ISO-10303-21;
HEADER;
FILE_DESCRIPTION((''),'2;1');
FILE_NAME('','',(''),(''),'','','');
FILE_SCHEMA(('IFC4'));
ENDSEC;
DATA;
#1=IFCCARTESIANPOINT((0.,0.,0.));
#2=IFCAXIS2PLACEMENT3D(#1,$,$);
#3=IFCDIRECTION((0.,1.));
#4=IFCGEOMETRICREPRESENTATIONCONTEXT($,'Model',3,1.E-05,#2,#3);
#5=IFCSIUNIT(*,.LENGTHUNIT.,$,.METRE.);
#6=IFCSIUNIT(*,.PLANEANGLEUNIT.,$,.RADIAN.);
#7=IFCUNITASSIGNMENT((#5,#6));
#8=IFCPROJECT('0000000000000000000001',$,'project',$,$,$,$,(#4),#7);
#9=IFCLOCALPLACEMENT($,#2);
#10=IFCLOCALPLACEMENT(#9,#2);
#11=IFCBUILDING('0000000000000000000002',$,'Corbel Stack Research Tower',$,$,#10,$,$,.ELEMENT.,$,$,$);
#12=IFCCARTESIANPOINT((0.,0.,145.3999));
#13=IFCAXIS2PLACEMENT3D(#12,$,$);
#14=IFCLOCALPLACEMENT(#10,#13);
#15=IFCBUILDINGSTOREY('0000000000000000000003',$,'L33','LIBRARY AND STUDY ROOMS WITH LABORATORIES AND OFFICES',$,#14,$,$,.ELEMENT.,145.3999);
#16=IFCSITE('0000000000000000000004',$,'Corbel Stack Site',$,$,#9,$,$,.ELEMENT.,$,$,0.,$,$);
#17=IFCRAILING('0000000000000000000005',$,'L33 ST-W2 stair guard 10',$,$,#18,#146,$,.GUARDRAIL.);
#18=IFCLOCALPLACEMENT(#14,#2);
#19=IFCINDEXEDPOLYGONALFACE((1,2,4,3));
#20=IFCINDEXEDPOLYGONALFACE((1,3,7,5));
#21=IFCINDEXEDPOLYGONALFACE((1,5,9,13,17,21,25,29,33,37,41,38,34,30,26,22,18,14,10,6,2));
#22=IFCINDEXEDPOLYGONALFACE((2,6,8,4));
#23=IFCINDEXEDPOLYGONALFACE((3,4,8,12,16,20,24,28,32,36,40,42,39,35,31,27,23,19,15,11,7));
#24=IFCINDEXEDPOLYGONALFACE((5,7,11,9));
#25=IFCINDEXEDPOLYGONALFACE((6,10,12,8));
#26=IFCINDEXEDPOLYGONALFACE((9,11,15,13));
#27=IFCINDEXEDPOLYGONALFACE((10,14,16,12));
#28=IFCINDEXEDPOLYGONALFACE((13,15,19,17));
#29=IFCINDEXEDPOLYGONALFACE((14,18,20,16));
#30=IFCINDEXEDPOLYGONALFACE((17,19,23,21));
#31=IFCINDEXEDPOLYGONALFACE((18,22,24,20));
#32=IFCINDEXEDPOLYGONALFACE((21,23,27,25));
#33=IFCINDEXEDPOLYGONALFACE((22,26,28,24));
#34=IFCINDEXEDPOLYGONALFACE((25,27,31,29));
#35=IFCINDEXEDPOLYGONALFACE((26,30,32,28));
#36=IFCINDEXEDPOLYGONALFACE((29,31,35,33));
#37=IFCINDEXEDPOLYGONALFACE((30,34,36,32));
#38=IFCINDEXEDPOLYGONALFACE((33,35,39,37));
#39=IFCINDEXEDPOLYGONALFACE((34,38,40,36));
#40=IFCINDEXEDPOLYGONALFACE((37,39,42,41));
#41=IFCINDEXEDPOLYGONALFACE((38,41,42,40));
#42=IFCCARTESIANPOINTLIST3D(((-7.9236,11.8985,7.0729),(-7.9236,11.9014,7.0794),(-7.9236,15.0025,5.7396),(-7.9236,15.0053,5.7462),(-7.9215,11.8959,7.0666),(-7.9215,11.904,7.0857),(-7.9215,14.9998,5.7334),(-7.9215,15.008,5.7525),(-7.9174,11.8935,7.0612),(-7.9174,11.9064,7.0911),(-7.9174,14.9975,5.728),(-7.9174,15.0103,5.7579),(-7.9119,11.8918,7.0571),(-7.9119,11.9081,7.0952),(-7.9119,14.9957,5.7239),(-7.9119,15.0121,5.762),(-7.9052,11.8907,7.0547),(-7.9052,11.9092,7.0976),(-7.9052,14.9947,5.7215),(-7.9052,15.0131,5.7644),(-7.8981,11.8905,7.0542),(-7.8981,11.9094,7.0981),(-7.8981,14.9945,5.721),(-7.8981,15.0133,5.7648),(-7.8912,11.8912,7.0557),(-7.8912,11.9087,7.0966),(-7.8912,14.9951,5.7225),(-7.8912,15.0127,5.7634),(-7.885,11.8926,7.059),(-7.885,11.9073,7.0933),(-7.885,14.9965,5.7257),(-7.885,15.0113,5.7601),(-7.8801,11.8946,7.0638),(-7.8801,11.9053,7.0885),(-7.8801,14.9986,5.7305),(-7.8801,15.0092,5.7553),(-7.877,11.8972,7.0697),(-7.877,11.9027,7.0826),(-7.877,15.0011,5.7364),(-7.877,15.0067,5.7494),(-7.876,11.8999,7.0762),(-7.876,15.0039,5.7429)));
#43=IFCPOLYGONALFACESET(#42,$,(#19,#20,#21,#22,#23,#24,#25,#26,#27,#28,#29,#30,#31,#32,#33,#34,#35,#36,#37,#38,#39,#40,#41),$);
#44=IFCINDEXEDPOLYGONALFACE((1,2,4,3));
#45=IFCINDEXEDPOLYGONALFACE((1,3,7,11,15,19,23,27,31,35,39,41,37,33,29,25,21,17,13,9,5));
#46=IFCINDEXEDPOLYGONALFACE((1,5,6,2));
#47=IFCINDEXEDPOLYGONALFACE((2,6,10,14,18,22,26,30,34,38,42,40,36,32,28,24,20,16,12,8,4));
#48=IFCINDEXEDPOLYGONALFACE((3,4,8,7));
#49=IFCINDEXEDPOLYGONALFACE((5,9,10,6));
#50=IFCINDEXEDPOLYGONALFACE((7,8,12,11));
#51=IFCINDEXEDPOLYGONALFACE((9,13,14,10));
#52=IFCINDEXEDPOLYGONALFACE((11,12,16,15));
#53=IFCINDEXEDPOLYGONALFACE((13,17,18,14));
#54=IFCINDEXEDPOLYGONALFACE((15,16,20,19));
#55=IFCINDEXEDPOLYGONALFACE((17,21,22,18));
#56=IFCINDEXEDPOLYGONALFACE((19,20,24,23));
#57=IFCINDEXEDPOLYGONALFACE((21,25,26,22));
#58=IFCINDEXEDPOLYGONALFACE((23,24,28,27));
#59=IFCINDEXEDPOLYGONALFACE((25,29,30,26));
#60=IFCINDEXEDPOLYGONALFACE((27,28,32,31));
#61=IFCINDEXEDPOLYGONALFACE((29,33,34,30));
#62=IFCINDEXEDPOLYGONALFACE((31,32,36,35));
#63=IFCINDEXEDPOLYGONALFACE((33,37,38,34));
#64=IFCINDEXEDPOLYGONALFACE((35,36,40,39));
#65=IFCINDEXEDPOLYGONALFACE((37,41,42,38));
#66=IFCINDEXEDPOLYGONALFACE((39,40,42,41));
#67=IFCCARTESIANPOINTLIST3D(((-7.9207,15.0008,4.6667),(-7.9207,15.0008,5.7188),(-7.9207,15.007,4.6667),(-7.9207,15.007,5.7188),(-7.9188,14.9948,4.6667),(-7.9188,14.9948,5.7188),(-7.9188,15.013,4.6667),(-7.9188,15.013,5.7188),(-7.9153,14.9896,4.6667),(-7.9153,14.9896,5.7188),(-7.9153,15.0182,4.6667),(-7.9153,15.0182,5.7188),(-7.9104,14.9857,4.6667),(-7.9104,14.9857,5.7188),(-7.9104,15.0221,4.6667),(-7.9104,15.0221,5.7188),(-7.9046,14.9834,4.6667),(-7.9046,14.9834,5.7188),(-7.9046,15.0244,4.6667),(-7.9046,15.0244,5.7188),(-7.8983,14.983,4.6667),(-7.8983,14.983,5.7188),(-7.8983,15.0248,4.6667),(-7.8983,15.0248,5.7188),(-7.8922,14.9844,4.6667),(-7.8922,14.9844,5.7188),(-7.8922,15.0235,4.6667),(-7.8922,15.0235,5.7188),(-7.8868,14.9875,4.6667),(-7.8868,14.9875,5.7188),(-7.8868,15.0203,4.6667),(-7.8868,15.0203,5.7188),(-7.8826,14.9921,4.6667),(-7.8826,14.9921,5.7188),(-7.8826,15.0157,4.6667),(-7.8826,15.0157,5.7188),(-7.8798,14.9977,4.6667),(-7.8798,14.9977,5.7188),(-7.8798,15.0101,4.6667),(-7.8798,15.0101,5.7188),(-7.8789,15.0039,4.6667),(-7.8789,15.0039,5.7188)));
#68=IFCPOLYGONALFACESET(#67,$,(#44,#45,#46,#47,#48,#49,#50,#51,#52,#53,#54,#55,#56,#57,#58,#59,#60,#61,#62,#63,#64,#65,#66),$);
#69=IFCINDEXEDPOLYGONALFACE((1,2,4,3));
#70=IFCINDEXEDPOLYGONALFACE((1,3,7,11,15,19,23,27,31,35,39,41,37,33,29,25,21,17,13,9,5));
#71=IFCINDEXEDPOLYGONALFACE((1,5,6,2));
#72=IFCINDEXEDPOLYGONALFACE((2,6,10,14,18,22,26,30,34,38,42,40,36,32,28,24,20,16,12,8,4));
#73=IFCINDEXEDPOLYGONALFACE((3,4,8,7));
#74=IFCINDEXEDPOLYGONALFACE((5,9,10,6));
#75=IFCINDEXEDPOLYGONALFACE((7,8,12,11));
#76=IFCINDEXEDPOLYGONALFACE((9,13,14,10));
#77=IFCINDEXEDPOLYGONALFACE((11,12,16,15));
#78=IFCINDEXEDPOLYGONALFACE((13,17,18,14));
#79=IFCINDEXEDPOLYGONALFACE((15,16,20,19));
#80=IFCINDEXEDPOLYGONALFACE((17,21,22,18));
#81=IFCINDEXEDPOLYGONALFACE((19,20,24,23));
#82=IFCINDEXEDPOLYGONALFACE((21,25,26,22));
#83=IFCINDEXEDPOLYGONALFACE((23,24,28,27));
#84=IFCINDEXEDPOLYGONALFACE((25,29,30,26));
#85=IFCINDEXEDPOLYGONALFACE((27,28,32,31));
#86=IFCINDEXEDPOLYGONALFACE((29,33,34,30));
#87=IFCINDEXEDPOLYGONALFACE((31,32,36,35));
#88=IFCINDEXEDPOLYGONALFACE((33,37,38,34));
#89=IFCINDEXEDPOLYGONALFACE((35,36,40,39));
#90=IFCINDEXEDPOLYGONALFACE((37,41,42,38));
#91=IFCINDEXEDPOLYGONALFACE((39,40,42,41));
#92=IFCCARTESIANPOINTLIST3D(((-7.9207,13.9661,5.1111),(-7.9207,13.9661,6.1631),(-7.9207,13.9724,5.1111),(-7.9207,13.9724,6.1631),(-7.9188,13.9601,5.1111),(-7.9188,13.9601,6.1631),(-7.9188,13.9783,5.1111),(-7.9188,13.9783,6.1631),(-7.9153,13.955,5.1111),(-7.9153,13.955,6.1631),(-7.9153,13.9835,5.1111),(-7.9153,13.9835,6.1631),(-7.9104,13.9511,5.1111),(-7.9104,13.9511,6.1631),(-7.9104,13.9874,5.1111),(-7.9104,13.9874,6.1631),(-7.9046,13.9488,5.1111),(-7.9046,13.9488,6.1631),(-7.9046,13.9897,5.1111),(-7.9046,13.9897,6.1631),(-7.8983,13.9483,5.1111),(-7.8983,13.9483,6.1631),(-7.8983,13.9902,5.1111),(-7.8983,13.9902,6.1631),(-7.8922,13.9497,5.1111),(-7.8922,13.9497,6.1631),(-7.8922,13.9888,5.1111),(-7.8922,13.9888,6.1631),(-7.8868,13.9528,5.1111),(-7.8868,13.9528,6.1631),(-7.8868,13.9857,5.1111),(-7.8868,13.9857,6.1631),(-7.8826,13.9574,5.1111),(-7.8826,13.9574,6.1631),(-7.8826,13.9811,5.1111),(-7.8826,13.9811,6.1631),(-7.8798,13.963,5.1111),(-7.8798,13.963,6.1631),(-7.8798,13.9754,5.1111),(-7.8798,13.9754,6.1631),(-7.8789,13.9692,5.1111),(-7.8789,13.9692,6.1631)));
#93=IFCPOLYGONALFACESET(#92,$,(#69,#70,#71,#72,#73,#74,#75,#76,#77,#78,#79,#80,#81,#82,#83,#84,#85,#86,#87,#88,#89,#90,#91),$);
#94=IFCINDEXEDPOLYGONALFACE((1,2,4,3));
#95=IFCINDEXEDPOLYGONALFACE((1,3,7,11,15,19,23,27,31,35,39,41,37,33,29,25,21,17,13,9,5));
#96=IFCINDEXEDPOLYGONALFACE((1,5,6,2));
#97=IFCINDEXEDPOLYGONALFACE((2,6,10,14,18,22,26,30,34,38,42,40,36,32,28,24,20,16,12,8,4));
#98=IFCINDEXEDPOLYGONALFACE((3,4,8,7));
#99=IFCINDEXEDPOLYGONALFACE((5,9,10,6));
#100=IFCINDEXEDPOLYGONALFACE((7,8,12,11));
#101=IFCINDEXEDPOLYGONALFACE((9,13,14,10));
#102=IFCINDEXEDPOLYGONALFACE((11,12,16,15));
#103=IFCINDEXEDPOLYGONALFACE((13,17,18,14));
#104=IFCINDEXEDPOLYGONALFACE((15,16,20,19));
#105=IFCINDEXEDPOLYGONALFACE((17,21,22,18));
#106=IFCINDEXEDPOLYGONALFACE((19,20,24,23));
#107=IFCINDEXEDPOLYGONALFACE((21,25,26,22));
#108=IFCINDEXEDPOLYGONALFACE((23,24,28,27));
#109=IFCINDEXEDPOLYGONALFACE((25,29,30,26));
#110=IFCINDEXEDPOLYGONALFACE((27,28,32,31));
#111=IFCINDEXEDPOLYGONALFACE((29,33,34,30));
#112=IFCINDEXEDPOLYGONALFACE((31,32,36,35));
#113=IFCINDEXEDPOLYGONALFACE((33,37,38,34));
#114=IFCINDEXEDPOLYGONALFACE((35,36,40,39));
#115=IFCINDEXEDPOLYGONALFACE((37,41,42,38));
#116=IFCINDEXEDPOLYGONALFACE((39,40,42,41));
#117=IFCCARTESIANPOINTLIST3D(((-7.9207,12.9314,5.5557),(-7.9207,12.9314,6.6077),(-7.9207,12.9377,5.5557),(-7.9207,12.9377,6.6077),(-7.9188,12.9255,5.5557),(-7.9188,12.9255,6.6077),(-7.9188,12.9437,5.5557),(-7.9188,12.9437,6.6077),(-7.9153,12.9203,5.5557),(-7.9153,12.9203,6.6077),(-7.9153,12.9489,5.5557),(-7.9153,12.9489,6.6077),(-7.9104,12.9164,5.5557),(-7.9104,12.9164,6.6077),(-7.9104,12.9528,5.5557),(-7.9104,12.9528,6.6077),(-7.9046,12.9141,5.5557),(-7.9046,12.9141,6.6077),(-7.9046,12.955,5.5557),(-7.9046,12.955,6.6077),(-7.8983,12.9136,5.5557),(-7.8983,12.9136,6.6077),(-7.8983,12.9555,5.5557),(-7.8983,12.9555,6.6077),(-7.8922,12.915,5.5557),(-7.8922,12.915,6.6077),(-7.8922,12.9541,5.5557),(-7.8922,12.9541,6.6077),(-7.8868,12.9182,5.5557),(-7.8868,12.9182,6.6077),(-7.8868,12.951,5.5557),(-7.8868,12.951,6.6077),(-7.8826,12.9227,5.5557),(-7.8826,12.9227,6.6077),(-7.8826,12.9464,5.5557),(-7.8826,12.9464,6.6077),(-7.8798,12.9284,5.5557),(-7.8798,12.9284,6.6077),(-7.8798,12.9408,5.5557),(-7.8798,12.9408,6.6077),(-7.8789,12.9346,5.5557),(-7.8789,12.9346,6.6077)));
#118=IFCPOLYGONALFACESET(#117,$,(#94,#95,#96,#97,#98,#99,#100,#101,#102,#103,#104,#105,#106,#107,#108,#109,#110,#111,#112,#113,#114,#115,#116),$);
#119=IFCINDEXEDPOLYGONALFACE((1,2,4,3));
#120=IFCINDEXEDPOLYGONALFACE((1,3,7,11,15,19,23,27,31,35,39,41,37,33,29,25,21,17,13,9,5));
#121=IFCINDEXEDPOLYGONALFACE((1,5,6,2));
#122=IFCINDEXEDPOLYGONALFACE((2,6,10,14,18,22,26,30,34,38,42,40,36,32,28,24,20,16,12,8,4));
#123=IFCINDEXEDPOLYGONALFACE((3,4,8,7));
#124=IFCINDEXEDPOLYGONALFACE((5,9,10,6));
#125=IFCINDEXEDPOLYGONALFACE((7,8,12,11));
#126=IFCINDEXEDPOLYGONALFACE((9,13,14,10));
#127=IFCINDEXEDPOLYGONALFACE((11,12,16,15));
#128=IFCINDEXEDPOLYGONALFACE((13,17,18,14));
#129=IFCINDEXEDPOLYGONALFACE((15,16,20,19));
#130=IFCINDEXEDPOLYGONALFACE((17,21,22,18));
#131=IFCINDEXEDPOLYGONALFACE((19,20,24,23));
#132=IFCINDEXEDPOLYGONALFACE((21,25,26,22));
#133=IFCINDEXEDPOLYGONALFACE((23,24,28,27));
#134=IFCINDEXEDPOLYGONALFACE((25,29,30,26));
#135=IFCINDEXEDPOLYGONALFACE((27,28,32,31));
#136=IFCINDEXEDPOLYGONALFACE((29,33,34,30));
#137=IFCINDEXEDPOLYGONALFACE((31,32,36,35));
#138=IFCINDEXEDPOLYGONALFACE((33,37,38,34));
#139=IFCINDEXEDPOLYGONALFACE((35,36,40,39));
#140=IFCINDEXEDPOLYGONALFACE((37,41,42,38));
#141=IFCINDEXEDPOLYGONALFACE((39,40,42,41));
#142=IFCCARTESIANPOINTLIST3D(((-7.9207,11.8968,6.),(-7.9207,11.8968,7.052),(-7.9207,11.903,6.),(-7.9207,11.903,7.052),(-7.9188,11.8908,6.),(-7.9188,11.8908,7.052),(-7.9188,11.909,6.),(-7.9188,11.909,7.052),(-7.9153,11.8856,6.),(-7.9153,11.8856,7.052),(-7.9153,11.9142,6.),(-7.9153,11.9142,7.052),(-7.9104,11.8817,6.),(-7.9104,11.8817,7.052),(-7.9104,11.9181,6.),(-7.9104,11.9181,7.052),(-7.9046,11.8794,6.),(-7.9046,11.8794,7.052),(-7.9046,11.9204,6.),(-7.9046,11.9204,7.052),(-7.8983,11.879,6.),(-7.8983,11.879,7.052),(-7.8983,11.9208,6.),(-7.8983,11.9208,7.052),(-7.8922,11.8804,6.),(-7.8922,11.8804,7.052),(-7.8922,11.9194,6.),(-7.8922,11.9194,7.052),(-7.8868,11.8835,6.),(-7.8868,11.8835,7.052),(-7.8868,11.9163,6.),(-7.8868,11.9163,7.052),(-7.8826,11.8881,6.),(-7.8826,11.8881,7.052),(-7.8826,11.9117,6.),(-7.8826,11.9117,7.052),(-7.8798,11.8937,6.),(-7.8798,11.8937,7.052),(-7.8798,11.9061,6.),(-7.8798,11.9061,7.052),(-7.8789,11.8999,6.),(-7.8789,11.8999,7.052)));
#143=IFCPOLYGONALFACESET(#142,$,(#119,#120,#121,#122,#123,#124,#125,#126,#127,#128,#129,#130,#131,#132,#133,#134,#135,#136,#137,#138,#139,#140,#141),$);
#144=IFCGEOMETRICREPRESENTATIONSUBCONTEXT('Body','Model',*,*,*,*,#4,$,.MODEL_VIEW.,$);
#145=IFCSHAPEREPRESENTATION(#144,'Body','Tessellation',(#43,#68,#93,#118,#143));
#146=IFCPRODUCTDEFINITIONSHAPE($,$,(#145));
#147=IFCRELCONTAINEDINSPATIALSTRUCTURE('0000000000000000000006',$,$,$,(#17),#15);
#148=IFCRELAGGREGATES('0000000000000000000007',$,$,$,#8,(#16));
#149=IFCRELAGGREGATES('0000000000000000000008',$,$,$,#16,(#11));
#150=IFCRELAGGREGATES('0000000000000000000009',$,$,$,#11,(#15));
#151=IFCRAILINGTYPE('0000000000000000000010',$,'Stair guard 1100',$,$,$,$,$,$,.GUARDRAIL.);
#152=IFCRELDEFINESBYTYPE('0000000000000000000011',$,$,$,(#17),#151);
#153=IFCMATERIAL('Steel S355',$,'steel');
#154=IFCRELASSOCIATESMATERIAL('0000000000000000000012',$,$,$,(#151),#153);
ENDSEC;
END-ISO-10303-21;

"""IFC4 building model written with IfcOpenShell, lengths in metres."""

from ifc_helpers import new_model, si_unit, direction, frame, origin, origin_2d, place, context, subcontext, project, spatial, circle, extrude, material, type_object, element, save


model = new_model("IFC4")

# Units and contexts
model_context = context("Model", 3, precision=1e-05, world=origin(), true_north=direction((0.0, 1.0)))
body_context = subcontext(model_context, "Body", "Model", "MODEL_VIEW")
ifc_project = project(units=[si_unit("LENGTHUNIT", "METRE"), si_unit("PLANEANGLEUNIT", "RADIAN")], contexts=[model_context])

# Site, building, storey
site_placement = place(None, origin())
site = spatial("IfcSite", under=ifc_project, at=site_placement, Name="Corbel Stack Site", CompositionType="ELEMENT", RefElevation=0.0)
building_placement = place(site_placement, origin())
building = spatial("IfcBuilding", under=site, at=building_placement, Name="Corbel Stack Research Tower", CompositionType="ELEMENT")
storey_placement = place(building_placement, frame((0.0, 0.0, 145.3999)))
storey = spatial("IfcBuildingStorey", under=building, at=storey_placement, Name="L33", Description="LIBRARY AND STUDY ROOMS WITH LABORATORIES AND OFFICES", CompositionType="ELEMENT", Elevation=145.3999)

# Railing
ifc_material_1 = material(Name="Steel S355", Category="steel")
railing_type_1 = type_object("IfcRailingType", Name="Stair guard 1100", PredefinedType="GUARDRAIL", material=ifc_material_1)
railing_1_placement = place(storey_placement, frame((-7.8999, 15.0039, 4.6667)))
element("IfcRailing", 1, at=railing_1_placement, inside=storey, type_object=railing_type_1, Name="L33 ST-W2 stair guard 10", PredefinedType="GUARDRAIL", context=body_context, shape_type="SweptSolid", body=[
    extrude(circle(Radius=0.0239, at=origin_2d()), frame((0.0, 0.0, 1.0762), z_axis=(0.0, -0.918827, 0.394661), x_axis=(1.0, 0.0, 0.0)), (0.0, 0.0, 1.0), 3.3782),
    extrude(circle(Radius=0.021, at=origin_2d()), origin(), (0.0, 0.0, 1.0), 1.052),
    extrude(circle(Radius=0.021, at=origin_2d()), frame((0.0, -1.0347, 0.4443)), (0.0, 0.0, 1.0), 1.052),
    extrude(circle(Radius=0.021, at=origin_2d()), frame((0.0, -2.0693, 0.8889)), (0.0, 0.0, 1.0), 1.052),
    extrude(circle(Radius=0.021, at=origin_2d()), frame((0.0, -3.104, 1.3333)), (0.0, 0.0, 1.0), 1.052),
])

save(model, "model.ifc")
